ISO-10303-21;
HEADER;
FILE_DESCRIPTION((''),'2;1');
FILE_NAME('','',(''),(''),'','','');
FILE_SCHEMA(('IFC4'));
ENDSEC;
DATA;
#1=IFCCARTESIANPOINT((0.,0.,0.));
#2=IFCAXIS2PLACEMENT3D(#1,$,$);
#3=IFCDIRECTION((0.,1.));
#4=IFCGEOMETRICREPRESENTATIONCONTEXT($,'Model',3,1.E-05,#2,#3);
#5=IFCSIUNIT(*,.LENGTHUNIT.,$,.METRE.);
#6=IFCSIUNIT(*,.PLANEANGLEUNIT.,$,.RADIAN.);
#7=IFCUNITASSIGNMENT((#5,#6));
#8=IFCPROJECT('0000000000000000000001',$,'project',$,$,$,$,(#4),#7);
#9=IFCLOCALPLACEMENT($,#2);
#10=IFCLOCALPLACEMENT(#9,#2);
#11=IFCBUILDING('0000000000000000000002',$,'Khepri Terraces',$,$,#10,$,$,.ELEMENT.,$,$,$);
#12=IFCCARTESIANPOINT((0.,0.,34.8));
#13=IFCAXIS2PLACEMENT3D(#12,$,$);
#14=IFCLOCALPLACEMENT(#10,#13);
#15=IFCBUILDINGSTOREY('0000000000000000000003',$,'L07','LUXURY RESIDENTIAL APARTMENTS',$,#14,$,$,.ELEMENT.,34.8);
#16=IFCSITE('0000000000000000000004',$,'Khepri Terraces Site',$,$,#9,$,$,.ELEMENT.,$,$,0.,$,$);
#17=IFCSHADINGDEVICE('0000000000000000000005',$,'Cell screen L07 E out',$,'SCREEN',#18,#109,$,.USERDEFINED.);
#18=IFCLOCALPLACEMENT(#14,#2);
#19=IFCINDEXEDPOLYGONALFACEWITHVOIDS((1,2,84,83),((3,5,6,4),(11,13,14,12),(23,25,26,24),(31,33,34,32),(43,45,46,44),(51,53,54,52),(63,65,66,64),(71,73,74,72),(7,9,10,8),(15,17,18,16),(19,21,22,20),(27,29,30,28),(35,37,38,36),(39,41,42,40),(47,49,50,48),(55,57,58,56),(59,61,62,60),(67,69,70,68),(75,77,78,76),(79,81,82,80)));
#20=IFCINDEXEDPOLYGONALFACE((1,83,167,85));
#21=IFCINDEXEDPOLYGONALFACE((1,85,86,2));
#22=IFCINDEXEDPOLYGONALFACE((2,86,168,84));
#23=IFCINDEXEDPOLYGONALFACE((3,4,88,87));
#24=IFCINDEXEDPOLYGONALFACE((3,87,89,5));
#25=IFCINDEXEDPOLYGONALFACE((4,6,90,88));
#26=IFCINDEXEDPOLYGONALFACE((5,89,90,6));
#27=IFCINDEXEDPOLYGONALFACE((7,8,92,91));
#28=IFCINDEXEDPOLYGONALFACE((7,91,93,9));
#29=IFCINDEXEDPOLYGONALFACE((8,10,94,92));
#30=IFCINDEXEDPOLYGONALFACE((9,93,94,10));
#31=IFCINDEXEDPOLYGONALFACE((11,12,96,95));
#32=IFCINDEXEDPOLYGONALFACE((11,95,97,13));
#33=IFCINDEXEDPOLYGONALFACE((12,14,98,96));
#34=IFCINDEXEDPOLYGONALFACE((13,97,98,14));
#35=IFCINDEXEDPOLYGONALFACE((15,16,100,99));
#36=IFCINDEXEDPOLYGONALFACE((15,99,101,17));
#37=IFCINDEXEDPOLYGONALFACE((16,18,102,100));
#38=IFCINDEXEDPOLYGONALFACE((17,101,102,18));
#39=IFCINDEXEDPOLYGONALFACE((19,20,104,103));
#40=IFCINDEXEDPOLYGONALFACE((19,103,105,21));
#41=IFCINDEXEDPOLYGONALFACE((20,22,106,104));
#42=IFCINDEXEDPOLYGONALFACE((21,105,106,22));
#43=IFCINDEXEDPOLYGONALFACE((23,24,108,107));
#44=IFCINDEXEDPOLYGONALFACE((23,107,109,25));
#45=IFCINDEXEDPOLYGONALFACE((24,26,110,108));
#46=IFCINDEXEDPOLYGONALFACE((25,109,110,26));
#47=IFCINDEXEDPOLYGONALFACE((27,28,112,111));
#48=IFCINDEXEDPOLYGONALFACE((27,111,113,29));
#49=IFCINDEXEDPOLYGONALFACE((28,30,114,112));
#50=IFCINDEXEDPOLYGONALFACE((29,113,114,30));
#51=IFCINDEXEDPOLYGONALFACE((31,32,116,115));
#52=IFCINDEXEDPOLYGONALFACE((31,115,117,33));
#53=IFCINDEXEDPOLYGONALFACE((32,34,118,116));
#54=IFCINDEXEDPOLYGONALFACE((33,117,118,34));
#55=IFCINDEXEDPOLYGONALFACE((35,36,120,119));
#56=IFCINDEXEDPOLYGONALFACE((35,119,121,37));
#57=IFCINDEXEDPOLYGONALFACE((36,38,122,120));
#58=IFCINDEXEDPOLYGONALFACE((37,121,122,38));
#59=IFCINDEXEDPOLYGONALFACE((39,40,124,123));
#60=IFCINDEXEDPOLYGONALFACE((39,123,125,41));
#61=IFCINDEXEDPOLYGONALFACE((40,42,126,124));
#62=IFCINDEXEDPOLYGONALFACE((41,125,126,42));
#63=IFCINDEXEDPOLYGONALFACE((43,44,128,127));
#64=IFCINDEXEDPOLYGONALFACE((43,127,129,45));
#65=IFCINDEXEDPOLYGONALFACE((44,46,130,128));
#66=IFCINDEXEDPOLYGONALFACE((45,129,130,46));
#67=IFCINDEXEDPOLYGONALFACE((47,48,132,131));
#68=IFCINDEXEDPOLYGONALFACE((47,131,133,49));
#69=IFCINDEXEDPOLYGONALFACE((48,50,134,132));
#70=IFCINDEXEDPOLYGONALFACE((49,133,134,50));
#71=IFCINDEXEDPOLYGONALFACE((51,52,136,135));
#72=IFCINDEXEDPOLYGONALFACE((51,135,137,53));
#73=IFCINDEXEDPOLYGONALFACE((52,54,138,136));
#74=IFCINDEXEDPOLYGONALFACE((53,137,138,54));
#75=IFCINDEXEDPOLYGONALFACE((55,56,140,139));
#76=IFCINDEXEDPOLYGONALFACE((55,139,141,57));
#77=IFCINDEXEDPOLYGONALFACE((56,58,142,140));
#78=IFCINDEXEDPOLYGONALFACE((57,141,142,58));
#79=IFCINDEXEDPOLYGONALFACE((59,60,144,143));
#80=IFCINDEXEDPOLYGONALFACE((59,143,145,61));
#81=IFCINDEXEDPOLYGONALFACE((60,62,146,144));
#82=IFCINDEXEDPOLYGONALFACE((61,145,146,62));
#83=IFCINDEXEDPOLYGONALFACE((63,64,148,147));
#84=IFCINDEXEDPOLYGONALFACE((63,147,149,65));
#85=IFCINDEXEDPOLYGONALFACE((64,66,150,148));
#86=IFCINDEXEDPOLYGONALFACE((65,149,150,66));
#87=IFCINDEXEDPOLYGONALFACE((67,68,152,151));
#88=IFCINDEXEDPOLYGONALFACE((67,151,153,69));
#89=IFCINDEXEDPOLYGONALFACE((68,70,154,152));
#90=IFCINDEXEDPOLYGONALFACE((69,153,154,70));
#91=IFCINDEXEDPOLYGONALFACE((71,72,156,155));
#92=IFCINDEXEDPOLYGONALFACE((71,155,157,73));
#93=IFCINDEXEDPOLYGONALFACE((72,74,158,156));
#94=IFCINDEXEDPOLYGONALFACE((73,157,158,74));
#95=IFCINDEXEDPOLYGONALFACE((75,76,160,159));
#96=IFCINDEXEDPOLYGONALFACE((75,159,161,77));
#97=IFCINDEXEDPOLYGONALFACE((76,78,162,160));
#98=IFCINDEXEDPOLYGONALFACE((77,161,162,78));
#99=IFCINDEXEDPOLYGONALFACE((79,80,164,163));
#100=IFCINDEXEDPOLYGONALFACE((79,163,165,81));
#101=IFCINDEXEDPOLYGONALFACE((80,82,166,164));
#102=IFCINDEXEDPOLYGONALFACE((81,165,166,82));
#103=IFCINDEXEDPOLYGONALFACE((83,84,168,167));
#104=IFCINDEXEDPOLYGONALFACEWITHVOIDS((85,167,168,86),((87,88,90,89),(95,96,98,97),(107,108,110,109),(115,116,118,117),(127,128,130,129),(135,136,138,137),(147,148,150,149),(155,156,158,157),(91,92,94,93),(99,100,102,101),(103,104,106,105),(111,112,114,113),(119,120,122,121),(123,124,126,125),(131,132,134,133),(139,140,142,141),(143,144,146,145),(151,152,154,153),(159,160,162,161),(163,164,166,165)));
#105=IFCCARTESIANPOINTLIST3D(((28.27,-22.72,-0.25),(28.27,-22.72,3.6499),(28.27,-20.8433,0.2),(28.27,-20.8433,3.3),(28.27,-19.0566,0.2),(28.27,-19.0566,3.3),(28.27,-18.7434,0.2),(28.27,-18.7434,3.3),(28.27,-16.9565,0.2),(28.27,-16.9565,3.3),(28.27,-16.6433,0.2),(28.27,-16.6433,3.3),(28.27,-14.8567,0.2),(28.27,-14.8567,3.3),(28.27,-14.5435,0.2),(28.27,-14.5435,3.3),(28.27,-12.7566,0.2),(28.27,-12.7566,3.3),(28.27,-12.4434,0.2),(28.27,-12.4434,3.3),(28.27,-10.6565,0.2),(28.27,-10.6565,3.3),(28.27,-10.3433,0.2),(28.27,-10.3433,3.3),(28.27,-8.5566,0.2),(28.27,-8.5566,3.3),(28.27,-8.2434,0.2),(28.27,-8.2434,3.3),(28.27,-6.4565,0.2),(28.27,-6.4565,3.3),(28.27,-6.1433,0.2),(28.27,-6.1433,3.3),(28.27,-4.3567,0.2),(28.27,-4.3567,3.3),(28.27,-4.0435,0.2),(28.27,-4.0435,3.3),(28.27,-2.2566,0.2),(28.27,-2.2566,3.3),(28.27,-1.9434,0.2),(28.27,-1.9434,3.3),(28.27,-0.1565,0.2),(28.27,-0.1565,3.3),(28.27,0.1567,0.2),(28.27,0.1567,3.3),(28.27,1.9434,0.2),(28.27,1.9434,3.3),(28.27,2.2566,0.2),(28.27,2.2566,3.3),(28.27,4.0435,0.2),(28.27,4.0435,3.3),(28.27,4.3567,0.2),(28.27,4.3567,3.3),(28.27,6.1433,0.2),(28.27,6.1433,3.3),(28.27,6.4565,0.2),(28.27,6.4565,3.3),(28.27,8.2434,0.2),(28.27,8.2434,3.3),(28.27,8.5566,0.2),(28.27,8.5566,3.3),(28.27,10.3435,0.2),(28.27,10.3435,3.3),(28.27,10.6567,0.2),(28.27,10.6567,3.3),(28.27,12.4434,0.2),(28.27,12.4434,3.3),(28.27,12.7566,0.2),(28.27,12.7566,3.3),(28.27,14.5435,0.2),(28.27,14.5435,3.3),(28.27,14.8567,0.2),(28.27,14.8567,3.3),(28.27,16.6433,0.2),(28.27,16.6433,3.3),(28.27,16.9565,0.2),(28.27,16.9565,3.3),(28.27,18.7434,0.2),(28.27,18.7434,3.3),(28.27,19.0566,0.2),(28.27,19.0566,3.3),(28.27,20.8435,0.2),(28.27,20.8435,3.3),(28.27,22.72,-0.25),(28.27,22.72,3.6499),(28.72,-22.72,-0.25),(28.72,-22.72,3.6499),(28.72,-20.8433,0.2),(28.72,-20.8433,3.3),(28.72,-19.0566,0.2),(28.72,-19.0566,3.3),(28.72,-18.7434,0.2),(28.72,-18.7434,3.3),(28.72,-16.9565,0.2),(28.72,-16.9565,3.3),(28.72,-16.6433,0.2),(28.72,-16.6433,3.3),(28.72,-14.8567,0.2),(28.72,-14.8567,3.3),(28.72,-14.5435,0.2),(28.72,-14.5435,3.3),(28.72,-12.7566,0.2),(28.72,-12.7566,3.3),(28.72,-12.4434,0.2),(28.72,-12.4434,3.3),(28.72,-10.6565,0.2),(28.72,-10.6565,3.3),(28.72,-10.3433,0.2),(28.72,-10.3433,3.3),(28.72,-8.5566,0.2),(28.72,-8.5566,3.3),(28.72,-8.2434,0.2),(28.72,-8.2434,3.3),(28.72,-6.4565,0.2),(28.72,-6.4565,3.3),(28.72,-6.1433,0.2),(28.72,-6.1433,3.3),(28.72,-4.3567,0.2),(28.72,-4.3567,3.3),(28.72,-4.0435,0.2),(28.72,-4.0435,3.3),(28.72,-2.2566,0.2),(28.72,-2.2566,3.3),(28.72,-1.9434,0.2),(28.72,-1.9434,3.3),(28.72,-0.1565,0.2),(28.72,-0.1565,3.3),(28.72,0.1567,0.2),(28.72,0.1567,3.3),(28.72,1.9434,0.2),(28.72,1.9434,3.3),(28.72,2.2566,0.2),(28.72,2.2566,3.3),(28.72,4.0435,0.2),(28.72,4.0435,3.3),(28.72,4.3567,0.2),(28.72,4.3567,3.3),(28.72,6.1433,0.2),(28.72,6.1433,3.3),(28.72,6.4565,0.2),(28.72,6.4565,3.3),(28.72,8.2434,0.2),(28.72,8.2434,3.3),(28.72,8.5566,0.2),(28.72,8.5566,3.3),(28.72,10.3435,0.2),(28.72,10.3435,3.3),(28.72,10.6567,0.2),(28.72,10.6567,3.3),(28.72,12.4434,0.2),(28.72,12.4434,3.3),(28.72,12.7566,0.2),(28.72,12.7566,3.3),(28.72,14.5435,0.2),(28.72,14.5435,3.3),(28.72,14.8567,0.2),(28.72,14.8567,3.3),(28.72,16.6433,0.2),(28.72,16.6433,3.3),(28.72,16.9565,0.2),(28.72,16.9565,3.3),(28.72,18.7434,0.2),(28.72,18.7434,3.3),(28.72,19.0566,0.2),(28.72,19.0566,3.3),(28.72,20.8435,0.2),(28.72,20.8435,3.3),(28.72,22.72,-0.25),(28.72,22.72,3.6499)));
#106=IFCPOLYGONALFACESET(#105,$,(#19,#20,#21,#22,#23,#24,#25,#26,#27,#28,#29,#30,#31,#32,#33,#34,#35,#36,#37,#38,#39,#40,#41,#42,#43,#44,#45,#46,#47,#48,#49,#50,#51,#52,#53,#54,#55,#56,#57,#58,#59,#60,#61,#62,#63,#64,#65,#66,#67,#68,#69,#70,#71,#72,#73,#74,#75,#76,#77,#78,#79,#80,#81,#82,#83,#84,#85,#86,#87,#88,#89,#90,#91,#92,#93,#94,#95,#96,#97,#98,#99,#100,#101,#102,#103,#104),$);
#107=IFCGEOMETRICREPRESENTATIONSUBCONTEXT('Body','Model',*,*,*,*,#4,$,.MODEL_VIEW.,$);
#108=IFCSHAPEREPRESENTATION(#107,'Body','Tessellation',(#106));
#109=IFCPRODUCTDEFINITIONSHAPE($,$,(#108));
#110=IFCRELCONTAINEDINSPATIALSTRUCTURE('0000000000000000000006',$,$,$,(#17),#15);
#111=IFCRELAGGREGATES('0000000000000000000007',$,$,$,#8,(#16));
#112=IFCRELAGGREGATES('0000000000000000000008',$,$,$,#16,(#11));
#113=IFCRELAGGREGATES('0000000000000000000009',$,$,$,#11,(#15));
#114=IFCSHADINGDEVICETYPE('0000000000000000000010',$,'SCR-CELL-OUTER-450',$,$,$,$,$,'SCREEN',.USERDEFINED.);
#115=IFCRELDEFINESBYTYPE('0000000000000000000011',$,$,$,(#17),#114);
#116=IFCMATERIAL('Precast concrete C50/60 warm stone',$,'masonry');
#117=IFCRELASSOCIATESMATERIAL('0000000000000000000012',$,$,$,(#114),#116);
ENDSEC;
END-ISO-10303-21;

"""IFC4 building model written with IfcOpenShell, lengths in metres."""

from ifc_helpers import new_model, si_unit, direction, frame, origin, place, context, subcontext, project, spatial, polyline, outline, extrude, material, type_object, element, save


model = new_model("IFC4")

# Units and contexts
model_context = context("Model", 3, precision=1e-05, world=origin(), true_north=direction((0.0, 1.0)))
body_context = subcontext(model_context, "Body", "Model", "MODEL_VIEW")
ifc_project = project(units=[si_unit("LENGTHUNIT", "METRE"), si_unit("PLANEANGLEUNIT", "RADIAN")], contexts=[model_context])

# Site, building, storey
site_placement = place(None, origin())
site = spatial("IfcSite", under=ifc_project, at=site_placement, Name="Khepri Terraces Site", CompositionType="ELEMENT", RefElevation=0.0)
building_placement = place(site_placement, origin())
building = spatial("IfcBuilding", under=site, at=building_placement, Name="Khepri Terraces", CompositionType="ELEMENT")
storey_placement = place(building_placement, frame((0.0, 0.0, 34.8)))
storey = spatial("IfcBuildingStorey", under=building, at=storey_placement, Name="L07", Description="LUXURY RESIDENTIAL APARTMENTS", CompositionType="ELEMENT", Elevation=34.8)

# Shared definitions
ifc_material_1 = material(Name="Precast concrete C50/60 warm stone", Category="masonry")

# Shading device
shading_device_type_1 = type_object("IfcShadingDeviceType", Name="SCR-CELL-OUTER-450", ElementType="SCREEN", PredefinedType="USERDEFINED", material=ifc_material_1)
shading_device_1_placement = place(storey_placement, frame((28.27, -22.72, -0.25), z_axis=(1.0, 0.0, 0.0), x_axis=(0.0, 1.0, 0.0)))
element("IfcShadingDevice", 1, at=shading_device_1_placement, inside=storey, type_object=shading_device_type_1, Name="Cell screen L07 E out", ObjectType="SCREEN", PredefinedType="USERDEFINED", context=body_context, shape_type="SweptSolid", body=[
    extrude(outline(polyline([(0.0, 0.0), (45.4399, 0.0), (45.4399, 3.8999), (0.0, 3.8999), (0.0, 0.0)]), holes=[polyline([(1.8767, 0.45), (3.6633, 0.45), (3.6633, 3.55), (1.8767, 3.55), (1.8767, 0.45)]), polyline([(3.9766, 0.45), (5.7634, 0.45), (5.7634, 3.55), (3.9766, 3.55), (3.9766, 0.45)]), polyline([(6.0767, 0.45), (7.8633, 0.45), (7.8633, 3.55), (6.0767, 3.55), (6.0767, 0.45)]), polyline([(8.1765, 0.45), (9.9634, 0.45), (9.9634, 3.55), (8.1765, 3.55), (8.1765, 0.45)]), polyline([(10.2766, 0.45), (12.0635, 0.45), (12.0635, 3.55), (10.2766, 3.55), (10.2766, 0.45)]), polyline([(12.3767, 0.45), (14.1633, 0.45), (14.1633, 3.55), (12.3767, 3.55), (12.3767, 0.45)]), polyline([(14.4766, 0.45), (16.2634, 0.45), (16.2634, 3.55), (14.4766, 3.55), (14.4766, 0.45)]), polyline([(16.5767, 0.45), (18.3633, 0.45), (18.3633, 3.55), (16.5767, 3.55), (16.5767, 0.45)]), polyline([(18.6765, 0.45), (20.4634, 0.45), (20.4634, 3.55), (18.6765, 3.55), (18.6765, 0.45)]), polyline([(20.7766, 0.45), (22.5635, 0.45), (22.5635, 3.55), (20.7766, 3.55), (20.7766, 0.45)]), polyline([(22.8767, 0.45), (24.6633, 0.45), (24.6633, 3.55), (22.8767, 3.55), (22.8767, 0.45)]), polyline([(24.9766, 0.45), (26.7634, 0.45), (26.7634, 3.55), (24.9766, 3.55), (24.9766, 0.45)]), polyline([(27.0767, 0.45), (28.8633, 0.45), (28.8633, 3.55), (27.0767, 3.55), (27.0767, 0.45)]), polyline([(29.1765, 0.45), (30.9634, 0.45), (30.9634, 3.55), (29.1765, 3.55), (29.1765, 0.45)]), polyline([(31.2766, 0.45), (33.0635, 0.45), (33.0635, 3.55), (31.2766, 3.55), (31.2766, 0.45)]), polyline([(33.3767, 0.45), (35.1633, 0.45), (35.1633, 3.55), (33.3767, 3.55), (33.3767, 0.45)]), polyline([(35.4766, 0.45), (37.2634, 0.45), (37.2634, 3.55), (35.4766, 3.55), (35.4766, 0.45)]), polyline([(37.5767, 0.45), (39.3633, 0.45), (39.3633, 3.55), (37.5767, 3.55), (37.5767, 0.45)]), polyline([(39.6765, 0.45), (41.4634, 0.45), (41.4634, 3.55), (39.6765, 3.55), (39.6765, 0.45)]), polyline([(41.7766, 0.45), (43.5635, 0.45), (43.5635, 3.55), (41.7766, 3.55), (41.7766, 0.45)])]), origin(), (0.0, 0.0, 1.0), 0.45),
])

save(model, "model.ifc")
